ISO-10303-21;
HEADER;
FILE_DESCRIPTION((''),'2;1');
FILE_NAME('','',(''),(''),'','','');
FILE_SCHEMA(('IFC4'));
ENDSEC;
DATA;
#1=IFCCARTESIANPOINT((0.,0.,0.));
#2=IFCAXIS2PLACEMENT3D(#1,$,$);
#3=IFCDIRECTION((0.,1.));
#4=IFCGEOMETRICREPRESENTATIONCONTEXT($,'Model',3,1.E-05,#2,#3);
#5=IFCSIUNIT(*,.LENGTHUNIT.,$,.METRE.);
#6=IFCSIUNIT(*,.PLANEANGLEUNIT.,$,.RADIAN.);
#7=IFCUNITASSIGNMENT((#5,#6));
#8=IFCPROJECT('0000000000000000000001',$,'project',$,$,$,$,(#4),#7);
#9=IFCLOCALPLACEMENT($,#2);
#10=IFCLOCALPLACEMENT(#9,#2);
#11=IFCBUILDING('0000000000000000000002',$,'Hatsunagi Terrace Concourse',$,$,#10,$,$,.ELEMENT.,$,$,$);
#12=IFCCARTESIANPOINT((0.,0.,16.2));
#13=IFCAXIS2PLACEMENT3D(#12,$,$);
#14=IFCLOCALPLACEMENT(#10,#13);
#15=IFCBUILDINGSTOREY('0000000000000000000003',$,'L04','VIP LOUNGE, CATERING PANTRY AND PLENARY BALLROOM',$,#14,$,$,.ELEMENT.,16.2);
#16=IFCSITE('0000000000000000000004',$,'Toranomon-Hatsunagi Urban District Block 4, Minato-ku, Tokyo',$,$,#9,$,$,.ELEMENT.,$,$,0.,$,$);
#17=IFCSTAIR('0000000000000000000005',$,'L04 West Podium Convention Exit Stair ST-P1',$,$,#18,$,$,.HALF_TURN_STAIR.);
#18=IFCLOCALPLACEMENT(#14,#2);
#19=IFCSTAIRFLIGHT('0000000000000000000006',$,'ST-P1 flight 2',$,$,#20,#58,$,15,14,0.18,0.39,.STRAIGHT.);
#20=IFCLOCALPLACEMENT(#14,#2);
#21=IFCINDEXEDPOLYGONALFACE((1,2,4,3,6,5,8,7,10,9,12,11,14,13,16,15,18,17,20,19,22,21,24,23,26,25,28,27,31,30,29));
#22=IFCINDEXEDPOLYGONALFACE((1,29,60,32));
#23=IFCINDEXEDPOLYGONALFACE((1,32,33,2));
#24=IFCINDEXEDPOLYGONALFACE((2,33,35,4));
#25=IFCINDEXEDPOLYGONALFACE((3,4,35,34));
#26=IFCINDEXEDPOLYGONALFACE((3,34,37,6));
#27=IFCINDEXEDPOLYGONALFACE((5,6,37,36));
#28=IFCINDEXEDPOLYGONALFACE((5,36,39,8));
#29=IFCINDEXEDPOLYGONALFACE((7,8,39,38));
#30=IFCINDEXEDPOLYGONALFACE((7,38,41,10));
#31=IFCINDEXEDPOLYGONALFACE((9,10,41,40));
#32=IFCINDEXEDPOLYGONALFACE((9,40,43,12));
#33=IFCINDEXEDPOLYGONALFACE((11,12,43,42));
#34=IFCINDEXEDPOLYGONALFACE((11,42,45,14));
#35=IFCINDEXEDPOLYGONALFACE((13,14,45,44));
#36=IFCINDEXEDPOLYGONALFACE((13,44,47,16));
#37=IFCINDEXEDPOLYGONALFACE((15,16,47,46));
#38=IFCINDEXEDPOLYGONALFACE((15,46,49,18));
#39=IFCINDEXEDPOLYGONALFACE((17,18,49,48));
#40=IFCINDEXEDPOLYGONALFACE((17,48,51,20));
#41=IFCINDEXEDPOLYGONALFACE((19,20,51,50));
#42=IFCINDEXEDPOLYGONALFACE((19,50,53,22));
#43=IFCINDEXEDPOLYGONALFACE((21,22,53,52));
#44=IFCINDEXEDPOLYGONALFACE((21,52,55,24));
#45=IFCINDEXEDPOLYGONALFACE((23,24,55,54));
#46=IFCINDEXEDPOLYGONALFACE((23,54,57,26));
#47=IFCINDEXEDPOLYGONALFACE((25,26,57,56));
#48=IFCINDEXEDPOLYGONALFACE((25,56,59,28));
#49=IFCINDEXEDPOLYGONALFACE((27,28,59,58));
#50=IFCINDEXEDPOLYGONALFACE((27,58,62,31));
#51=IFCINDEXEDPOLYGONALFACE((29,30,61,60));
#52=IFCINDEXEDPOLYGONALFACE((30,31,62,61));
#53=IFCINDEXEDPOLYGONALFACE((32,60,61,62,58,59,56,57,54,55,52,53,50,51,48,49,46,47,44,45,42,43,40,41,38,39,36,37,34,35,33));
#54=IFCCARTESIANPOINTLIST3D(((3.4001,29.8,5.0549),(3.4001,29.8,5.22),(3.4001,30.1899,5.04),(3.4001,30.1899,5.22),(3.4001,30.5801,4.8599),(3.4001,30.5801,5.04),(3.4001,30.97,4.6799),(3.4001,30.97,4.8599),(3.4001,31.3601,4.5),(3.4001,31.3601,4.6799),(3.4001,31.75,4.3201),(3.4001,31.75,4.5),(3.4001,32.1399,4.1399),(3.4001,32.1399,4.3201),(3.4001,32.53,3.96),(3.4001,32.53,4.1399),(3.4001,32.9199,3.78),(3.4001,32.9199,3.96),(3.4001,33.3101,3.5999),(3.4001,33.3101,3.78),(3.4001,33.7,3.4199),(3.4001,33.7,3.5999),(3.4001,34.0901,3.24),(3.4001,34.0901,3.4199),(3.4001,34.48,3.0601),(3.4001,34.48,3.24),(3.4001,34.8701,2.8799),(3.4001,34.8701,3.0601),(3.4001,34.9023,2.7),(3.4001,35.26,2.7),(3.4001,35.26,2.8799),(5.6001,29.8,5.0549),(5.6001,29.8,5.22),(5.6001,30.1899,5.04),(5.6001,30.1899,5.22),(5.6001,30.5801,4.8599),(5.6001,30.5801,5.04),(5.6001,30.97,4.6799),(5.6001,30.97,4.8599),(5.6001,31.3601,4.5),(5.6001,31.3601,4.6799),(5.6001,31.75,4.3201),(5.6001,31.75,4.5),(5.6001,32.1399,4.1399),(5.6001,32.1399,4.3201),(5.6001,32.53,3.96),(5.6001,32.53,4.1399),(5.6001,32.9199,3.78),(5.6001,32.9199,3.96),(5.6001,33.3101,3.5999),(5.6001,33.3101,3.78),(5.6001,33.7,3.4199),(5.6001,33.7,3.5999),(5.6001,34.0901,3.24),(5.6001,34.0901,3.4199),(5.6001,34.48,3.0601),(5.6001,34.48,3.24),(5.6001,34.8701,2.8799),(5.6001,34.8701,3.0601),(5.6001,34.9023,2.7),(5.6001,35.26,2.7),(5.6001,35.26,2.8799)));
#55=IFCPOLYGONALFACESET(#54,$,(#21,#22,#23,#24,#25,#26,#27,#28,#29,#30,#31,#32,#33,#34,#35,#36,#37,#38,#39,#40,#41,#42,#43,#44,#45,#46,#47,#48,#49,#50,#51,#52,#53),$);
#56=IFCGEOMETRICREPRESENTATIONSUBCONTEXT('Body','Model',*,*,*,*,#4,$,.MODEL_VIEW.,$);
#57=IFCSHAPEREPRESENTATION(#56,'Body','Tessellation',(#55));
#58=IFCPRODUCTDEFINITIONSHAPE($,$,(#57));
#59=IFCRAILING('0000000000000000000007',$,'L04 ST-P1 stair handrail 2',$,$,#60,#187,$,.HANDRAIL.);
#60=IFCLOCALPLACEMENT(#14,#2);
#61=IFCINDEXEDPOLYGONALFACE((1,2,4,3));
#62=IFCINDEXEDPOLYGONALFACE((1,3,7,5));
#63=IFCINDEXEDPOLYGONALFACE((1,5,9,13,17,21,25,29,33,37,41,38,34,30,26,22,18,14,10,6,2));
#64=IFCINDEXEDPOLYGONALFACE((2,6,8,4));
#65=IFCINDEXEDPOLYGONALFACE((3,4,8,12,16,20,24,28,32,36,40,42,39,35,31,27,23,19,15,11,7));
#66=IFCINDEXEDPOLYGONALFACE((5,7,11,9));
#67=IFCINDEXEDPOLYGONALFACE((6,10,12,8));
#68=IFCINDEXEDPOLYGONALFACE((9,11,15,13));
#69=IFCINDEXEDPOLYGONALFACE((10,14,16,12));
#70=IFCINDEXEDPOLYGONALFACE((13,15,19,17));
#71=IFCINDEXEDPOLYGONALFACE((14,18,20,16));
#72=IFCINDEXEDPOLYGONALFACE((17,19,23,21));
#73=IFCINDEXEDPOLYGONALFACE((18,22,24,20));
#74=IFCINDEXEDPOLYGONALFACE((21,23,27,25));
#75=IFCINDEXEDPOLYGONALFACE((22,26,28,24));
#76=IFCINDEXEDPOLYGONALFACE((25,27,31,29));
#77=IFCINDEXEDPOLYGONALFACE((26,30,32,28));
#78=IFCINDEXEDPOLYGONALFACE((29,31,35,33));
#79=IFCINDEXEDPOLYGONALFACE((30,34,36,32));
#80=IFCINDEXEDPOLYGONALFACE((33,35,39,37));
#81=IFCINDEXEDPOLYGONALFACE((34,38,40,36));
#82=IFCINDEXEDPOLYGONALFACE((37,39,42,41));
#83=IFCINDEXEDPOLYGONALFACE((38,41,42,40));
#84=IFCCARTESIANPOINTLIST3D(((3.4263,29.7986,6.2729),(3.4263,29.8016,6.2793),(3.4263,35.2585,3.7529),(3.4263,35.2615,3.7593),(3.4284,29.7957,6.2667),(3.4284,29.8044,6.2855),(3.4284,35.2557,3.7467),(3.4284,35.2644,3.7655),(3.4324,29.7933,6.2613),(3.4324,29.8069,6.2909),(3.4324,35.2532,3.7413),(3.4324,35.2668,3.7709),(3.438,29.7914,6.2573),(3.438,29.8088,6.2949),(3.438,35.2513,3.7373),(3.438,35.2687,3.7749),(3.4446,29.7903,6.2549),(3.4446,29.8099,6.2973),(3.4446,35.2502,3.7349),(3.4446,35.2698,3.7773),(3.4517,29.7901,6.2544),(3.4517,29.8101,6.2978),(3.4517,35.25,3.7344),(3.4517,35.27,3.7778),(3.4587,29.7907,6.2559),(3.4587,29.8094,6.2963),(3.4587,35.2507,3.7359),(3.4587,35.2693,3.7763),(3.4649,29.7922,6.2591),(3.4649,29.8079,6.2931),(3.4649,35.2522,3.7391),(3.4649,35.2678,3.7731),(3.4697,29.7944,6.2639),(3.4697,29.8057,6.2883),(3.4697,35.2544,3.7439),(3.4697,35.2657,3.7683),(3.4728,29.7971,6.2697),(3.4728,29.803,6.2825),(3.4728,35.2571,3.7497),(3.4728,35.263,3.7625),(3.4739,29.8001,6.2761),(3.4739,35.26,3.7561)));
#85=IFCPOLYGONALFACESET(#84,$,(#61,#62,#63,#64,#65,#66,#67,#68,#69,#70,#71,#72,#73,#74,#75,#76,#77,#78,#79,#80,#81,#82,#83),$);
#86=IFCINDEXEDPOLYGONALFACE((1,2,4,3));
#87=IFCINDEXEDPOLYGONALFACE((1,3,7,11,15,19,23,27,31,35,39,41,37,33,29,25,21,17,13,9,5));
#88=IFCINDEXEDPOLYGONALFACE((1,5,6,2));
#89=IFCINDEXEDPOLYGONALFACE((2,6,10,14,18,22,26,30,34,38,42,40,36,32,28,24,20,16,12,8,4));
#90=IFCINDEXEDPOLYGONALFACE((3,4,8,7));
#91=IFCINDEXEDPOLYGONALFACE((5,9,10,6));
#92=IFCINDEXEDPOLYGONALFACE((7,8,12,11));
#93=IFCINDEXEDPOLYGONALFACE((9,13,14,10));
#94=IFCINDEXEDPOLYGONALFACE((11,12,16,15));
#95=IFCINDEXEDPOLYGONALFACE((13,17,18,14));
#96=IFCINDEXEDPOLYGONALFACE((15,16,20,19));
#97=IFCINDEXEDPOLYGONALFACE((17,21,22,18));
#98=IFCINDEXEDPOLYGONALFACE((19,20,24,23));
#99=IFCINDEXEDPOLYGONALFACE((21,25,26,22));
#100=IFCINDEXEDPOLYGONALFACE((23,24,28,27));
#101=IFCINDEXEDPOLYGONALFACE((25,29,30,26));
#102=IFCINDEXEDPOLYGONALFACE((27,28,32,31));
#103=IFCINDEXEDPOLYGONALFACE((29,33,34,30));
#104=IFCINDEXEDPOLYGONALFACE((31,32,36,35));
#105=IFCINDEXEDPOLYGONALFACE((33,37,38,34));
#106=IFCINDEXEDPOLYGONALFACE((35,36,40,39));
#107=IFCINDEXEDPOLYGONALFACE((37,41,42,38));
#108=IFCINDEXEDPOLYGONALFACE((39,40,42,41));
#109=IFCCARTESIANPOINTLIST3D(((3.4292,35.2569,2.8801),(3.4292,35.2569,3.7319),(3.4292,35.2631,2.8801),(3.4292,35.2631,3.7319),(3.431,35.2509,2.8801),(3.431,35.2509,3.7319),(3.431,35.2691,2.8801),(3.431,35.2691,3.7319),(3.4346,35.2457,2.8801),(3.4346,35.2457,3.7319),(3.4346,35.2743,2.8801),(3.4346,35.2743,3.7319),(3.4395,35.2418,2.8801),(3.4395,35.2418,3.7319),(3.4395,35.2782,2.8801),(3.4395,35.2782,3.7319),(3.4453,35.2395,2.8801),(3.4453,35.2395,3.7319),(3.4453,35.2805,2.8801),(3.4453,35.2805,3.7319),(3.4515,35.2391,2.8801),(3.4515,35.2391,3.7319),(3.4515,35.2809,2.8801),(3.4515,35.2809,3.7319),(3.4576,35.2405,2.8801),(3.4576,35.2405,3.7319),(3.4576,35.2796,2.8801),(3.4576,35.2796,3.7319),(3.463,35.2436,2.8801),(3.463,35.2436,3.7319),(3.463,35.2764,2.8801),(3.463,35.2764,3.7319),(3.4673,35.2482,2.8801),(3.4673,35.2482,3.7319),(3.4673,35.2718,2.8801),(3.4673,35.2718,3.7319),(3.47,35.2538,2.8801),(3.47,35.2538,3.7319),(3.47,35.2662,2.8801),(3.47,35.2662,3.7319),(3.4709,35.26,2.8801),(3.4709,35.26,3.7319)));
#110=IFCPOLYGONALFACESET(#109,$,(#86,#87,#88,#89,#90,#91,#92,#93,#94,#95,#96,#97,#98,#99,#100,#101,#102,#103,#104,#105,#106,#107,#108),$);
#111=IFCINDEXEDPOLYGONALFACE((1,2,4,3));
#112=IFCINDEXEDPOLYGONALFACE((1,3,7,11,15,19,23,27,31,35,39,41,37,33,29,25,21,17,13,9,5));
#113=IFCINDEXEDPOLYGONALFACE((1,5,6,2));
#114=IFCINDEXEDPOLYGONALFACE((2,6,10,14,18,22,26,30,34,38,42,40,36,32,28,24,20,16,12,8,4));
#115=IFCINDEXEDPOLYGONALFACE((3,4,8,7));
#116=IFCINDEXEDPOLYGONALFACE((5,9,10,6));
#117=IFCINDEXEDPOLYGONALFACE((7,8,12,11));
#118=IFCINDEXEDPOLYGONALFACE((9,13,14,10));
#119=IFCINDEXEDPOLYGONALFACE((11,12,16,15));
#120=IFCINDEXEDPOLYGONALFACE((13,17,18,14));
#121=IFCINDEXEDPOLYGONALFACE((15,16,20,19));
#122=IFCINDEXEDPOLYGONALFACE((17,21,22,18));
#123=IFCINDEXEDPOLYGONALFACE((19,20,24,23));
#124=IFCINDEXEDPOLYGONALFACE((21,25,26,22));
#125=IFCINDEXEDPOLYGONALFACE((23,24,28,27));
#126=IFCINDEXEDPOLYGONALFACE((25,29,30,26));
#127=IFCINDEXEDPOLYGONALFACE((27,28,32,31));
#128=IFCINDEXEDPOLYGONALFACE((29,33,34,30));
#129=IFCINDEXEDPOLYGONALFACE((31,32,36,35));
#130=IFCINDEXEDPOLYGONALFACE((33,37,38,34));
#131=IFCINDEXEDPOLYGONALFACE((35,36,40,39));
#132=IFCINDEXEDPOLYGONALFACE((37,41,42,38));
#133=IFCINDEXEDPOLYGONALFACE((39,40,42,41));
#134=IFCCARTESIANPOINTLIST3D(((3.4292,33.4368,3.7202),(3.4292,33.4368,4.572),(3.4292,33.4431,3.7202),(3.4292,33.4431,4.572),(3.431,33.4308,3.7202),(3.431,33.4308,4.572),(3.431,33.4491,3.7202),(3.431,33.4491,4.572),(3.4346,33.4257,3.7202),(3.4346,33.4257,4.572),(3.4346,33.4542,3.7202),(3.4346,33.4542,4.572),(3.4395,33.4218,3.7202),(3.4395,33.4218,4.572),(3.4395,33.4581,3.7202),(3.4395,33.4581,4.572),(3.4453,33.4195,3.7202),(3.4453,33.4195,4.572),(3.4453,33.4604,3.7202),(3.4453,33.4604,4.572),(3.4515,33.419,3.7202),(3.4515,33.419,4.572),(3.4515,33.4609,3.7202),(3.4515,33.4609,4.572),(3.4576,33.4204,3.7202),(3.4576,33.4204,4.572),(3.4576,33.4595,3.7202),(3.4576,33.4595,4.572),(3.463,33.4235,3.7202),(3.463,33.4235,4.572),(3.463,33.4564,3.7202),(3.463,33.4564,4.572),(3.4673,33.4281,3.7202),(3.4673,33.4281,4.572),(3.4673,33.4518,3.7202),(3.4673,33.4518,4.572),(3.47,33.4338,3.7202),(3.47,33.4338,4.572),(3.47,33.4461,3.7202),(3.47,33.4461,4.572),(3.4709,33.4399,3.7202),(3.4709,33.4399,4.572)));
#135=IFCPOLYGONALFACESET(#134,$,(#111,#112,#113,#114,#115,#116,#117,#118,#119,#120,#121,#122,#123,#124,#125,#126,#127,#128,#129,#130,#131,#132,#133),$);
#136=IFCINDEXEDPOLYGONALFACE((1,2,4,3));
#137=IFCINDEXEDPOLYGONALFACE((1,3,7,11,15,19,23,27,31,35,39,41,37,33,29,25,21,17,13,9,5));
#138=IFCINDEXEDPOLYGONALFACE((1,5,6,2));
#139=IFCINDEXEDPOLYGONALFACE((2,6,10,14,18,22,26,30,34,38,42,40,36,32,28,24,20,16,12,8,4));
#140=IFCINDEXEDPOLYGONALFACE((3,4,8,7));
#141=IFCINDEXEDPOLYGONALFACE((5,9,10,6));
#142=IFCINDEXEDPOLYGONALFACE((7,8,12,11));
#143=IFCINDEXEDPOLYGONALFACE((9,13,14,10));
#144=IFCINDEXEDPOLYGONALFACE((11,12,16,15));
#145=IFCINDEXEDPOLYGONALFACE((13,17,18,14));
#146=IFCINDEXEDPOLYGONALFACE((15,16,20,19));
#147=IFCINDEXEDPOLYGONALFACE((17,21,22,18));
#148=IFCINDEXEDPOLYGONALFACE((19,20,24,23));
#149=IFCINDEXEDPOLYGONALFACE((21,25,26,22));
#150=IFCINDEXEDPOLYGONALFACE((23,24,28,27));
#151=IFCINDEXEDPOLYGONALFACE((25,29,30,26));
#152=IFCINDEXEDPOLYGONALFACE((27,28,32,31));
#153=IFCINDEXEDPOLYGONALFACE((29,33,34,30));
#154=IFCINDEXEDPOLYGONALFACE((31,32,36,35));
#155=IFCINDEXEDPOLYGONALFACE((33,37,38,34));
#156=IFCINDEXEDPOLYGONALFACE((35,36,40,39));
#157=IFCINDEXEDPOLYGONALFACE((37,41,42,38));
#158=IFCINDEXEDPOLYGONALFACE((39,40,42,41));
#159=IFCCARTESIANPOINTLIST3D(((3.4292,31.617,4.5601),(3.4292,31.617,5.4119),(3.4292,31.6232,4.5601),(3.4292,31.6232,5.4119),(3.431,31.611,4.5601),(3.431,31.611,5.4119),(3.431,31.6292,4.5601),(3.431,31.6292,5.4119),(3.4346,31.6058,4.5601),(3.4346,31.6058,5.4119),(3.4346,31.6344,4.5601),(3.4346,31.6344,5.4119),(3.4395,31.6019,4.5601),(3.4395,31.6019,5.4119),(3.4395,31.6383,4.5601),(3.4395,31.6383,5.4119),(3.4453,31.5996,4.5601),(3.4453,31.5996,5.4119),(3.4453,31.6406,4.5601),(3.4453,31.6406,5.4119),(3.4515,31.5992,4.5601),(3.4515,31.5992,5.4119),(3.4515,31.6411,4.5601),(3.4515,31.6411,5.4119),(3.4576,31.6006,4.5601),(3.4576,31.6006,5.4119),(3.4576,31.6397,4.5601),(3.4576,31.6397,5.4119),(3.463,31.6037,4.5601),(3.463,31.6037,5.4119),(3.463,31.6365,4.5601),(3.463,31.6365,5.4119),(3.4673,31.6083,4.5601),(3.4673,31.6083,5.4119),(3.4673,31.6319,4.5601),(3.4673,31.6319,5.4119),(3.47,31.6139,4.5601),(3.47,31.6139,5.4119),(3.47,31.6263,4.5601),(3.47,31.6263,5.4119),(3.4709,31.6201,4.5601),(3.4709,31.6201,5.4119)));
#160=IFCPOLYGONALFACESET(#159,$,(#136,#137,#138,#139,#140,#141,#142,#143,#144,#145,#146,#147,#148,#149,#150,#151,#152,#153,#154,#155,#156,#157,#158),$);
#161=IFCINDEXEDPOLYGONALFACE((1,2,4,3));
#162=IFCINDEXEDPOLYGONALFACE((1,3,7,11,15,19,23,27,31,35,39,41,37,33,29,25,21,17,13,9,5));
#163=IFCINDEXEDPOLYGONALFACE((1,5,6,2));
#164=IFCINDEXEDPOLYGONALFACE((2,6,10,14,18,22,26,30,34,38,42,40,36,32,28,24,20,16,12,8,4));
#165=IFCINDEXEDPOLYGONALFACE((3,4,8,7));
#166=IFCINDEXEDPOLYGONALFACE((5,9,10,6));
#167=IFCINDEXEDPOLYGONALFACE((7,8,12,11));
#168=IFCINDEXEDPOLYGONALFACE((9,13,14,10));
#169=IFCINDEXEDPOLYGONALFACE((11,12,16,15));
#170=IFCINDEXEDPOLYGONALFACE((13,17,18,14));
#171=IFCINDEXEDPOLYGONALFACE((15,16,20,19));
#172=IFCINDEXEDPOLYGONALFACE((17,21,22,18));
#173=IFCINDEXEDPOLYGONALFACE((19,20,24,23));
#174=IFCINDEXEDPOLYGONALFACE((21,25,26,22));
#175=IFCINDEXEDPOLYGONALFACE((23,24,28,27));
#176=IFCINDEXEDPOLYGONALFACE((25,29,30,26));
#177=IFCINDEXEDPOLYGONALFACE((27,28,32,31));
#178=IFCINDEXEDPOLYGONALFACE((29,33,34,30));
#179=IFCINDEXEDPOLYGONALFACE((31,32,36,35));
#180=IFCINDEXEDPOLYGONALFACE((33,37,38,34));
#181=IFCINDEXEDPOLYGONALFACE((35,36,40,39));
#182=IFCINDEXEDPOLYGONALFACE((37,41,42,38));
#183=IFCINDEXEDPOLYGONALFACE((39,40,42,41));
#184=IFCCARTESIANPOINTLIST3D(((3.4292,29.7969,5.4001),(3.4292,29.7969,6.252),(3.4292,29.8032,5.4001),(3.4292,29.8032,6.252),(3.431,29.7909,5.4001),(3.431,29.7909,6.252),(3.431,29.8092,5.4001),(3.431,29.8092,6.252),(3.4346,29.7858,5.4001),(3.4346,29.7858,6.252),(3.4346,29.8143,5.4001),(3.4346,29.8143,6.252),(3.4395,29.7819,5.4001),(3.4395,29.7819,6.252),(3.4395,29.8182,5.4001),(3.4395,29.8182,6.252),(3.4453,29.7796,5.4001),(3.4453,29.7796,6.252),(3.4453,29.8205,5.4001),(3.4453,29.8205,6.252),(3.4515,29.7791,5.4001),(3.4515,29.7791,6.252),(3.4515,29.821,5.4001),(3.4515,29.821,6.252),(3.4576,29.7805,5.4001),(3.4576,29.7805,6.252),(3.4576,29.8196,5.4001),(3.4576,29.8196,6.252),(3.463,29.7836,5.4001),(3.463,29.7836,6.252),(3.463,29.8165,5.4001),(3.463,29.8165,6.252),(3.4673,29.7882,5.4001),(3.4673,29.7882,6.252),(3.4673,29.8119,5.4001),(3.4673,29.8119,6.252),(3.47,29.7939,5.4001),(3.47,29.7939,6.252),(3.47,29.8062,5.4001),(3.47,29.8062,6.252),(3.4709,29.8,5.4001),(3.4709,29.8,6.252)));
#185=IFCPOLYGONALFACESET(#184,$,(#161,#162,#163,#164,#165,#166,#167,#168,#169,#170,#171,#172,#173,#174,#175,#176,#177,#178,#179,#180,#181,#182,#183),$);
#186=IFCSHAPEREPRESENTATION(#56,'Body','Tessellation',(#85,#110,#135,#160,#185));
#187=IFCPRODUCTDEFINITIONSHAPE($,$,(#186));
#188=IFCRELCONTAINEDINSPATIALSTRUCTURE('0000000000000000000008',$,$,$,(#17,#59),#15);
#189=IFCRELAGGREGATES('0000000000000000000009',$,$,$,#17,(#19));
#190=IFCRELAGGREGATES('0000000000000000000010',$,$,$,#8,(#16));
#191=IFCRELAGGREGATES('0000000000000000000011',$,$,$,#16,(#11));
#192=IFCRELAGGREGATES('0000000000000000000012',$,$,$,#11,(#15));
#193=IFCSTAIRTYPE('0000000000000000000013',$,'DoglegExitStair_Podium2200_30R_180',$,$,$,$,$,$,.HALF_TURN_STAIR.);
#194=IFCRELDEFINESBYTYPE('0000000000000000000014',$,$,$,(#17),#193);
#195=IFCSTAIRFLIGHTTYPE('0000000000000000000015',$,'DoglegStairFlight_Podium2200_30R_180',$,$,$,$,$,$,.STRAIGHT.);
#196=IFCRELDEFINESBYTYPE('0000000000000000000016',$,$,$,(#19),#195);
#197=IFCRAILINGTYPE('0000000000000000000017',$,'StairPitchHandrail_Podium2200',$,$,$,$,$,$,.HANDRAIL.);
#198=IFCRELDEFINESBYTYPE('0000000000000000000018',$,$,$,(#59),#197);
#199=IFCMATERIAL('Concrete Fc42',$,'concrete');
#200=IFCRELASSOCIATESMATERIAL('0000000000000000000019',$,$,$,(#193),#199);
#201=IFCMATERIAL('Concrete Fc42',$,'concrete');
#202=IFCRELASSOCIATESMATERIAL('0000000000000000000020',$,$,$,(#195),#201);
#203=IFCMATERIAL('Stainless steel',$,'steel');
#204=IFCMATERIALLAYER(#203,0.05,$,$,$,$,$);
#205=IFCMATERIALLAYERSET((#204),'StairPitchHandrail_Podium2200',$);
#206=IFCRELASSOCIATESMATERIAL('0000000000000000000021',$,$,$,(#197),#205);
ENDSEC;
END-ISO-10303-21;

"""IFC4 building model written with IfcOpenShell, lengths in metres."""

from ifc_helpers import new_model, si_unit, direction, frame, origin, origin_2d, place, context, subcontext, project, spatial, polyline, circle, outline, extrude, material, layer, layer_set, type_object, element, aggregate, save


model = new_model("IFC4")

# Units and contexts
model_context = context("Model", 3, precision=1e-05, world=origin(), true_north=direction((0.0, 1.0)))
body_context = subcontext(model_context, "Body", "Model", "MODEL_VIEW")
ifc_project = project(units=[si_unit("LENGTHUNIT", "METRE"), si_unit("PLANEANGLEUNIT", "RADIAN")], contexts=[model_context])

# Site, building, storey
site_placement = place(None, origin())
site = spatial("IfcSite", under=ifc_project, at=site_placement, Name="Toranomon-Hatsunagi Urban District Block 4, Minato-ku, Tokyo", CompositionType="ELEMENT", RefElevation=0.0)
building_placement = place(site_placement, origin())
building = spatial("IfcBuilding", under=site, at=building_placement, Name="Hatsunagi Terrace Concourse", CompositionType="ELEMENT")
storey_placement = place(building_placement, frame((0.0, 0.0, 16.2)))
storey = spatial("IfcBuildingStorey", under=building, at=storey_placement, Name="L04", Description="VIP LOUNGE, CATERING PANTRY AND PLENARY BALLROOM", CompositionType="ELEMENT", Elevation=16.2)

# Stair, stair flight
ifc_material_1 = material(Name="Concrete Fc42", Category="concrete")
stair_type = type_object("IfcStairType", Name="DoglegExitStair_Podium2200_30R_180", PredefinedType="HALF_TURN_STAIR", material=ifc_material_1)
stair_placement = place(storey_placement, origin())
stair = element("IfcStair", 1, at=stair_placement, inside=storey, type_object=stair_type, Name="L04 West Podium Convention Exit Stair ST-P1", PredefinedType="HALF_TURN_STAIR")
ifc_material_2 = material(Name="Concrete Fc42", Category="concrete")
stair_flight_type = type_object("IfcStairFlightType", Name="DoglegStairFlight_Podium2200_30R_180", PredefinedType="STRAIGHT", material=ifc_material_2)
stair_flight_1_placement = place(storey_placement, frame((4.5, 35.26, 2.7), z_axis=(0.0, 0.0, 1.0), x_axis=(0.0, -1.0, 0.0)))
stair_flight_1 = element("IfcStairFlight", 2, at=stair_flight_1_placement, type_object=stair_flight_type, Name="ST-P1 flight 2", NumberOfRisers=15, NumberOfTreads=14, PredefinedType="STRAIGHT", RiserHeight=0.18, TreadLength=0.39, context=body_context, shape_type="SweptSolid", body=[
    extrude(outline(polyline([(0.0, 0.0), (0.0, 0.1799), (0.3899, 0.1799), (0.3899, 0.3601), (0.78, 0.3601), (0.78, 0.54), (1.1699, 0.54), (1.1699, 0.72), (1.5601, 0.72), (1.5601, 0.8999), (1.95, 0.8999), (1.95, 1.0801), (2.3401, 1.0801), (2.3401, 1.26), (2.73, 1.26), (2.73, 1.4399), (3.1201, 1.4399), (3.1201, 1.6201), (3.51, 1.6201), (3.51, 1.8), (3.8999, 1.8), (3.8999, 1.98), (4.29, 1.98), (4.29, 2.1599), (4.6799, 2.1599), (4.6799, 2.3401), (5.0701, 2.3401), (5.0701, 2.52), (5.46, 2.52), (5.46, 2.7), (5.46, 2.355), (0.3577, 0.0), (0.0, 0.0)])), frame((0.0, 1.1001, 0.0), z_axis=(0.0, -1.0, 0.0), x_axis=(1.0, 0.0, 0.0)), (0.0, 0.0, 1.0), 2.2),
])
aggregate(stair, [stair_flight_1])

# Railing
ifc_material_3 = material(Name="Stainless steel", Category="steel")
ifc_layer_1 = layer(ifc_material_3, 0.05)
ifc_layer_set_1 = layer_set([ifc_layer_1], Name="StairPitchHandrail_Podium2200")
railing_type_1 = type_object("IfcRailingType", Name="StairPitchHandrail_Podium2200", PredefinedType="HANDRAIL", material=ifc_layer_set_1)
railing_1_placement = place(storey_placement, frame((3.45, 35.26, 2.8801)))
element("IfcRailing", 3, at=railing_1_placement, inside=storey, type_object=railing_type_1, Name="L04 ST-P1 stair handrail 2", PredefinedType="HANDRAIL", context=body_context, shape_type="SweptSolid", body=[
    extrude(circle(Radius=0.0239, at=origin_2d()), frame((0.0, 0.0, 0.876), z_axis=(0.0, -0.907957, 0.419063), x_axis=(1.0, 0.0, 0.0)), (0.0, 0.0, 1.0), 6.0134),
    extrude(circle(Radius=0.021, at=origin_2d()), origin(), (0.0, 0.0, 1.0), 0.8518),
    extrude(circle(Radius=0.021, at=origin_2d()), frame((0.0, -1.8201, 0.8401)), (0.0, 0.0, 1.0), 0.8518),
    extrude(circle(Radius=0.021, at=origin_2d()), frame((0.0, -3.6399, 1.6799)), (0.0, 0.0, 1.0), 0.8518),
    extrude(circle(Radius=0.021, at=origin_2d()), frame((0.0, -5.46, 2.52)), (0.0, 0.0, 1.0), 0.8518),
])

save(model, "model.ifc")
